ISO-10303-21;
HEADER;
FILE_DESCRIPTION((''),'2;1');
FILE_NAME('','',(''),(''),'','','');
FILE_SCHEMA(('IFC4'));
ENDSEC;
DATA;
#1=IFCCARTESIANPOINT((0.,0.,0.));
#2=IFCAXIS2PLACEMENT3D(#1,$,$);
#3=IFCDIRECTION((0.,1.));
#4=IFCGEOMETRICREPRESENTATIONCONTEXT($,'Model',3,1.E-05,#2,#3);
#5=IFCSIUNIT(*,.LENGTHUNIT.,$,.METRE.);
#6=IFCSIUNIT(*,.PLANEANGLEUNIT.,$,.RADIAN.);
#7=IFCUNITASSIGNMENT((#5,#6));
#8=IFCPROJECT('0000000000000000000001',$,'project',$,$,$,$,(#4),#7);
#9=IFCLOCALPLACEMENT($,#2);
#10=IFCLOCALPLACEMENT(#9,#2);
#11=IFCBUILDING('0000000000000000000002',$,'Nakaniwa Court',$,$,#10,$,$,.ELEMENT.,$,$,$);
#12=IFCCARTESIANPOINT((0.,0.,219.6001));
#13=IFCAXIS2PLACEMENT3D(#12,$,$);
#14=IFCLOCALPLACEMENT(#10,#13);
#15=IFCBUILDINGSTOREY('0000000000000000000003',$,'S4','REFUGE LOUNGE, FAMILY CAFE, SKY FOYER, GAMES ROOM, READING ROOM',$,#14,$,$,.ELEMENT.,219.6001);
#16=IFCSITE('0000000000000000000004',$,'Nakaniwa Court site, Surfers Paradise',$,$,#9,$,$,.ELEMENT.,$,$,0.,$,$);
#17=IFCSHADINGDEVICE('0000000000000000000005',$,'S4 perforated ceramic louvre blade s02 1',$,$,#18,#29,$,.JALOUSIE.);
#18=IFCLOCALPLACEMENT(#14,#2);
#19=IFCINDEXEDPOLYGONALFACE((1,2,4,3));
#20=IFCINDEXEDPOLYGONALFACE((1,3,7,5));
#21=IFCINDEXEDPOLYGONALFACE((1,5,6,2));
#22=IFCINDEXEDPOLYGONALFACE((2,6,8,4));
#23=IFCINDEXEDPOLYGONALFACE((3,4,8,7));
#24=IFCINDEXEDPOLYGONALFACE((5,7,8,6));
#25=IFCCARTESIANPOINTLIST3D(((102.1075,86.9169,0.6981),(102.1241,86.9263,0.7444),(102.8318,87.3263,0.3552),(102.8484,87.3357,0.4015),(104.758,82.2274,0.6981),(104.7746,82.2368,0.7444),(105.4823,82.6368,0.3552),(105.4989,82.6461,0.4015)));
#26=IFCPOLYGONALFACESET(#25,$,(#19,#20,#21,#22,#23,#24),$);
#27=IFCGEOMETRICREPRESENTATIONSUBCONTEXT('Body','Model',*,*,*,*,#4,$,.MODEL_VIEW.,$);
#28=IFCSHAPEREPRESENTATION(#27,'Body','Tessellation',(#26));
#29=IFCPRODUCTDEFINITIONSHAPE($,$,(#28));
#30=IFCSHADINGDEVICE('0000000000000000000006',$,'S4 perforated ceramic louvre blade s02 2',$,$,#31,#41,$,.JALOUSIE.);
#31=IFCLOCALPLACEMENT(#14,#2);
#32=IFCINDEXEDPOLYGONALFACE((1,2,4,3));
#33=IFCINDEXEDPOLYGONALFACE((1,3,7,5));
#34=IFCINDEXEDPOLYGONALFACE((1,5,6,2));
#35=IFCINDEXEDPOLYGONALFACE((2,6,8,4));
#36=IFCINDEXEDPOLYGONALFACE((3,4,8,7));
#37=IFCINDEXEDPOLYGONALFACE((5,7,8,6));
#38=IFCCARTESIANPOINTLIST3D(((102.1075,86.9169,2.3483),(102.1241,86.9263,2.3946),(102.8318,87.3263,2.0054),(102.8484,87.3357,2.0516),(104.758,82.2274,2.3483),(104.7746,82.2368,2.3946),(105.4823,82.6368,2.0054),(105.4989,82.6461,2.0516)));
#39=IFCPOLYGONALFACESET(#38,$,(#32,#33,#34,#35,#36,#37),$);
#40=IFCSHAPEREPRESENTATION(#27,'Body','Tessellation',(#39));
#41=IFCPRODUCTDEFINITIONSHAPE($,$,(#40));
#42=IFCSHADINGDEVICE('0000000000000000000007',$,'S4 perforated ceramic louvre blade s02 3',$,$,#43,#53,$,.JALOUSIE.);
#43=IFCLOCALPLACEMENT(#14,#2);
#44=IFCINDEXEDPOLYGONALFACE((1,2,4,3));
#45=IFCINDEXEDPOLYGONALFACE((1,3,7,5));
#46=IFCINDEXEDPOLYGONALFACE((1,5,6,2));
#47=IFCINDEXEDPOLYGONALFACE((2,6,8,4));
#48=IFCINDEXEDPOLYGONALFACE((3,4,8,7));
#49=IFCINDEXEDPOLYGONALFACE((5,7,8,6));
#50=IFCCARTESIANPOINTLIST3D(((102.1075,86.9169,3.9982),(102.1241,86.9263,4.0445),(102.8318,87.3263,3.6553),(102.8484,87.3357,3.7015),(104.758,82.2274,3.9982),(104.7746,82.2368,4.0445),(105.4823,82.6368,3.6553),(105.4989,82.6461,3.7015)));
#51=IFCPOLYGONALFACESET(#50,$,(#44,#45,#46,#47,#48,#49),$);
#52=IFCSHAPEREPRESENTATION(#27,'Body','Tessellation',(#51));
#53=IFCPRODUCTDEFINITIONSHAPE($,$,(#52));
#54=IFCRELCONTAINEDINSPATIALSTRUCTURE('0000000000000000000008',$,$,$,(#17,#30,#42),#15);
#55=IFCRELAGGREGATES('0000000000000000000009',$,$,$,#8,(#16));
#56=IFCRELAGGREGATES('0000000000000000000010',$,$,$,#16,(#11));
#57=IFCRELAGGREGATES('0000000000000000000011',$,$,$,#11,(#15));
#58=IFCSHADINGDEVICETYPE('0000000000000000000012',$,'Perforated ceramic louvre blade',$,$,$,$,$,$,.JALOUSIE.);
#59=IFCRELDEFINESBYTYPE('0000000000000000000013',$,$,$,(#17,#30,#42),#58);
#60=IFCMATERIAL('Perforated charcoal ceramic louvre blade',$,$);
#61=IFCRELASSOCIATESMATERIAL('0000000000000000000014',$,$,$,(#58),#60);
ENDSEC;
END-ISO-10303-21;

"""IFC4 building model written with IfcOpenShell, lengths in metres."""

from ifc_helpers import new_model, si_unit, direction, frame, origin, origin_2d, place, context, subcontext, project, spatial, rectangle, extrude, material, material_profile, profile_set, type_object, element, save


model = new_model("IFC4")

# Units and contexts
model_context = context("Model", 3, precision=1e-05, world=origin(), true_north=direction((0.0, 1.0)))
body_context = subcontext(model_context, "Body", "Model", "MODEL_VIEW")
ifc_project = project(units=[si_unit("LENGTHUNIT", "METRE"), si_unit("PLANEANGLEUNIT", "RADIAN")], contexts=[model_context])

# Site, building, storey
site_placement = place(None, origin())
site = spatial("IfcSite", under=ifc_project, at=site_placement, Name="Nakaniwa Court site, Surfers Paradise", CompositionType="ELEMENT", RefElevation=0.0)
building_placement = place(site_placement, origin())
building = spatial("IfcBuilding", under=site, at=building_placement, Name="Nakaniwa Court", CompositionType="ELEMENT")
storey_placement = place(building_placement, frame((0.0, 0.0, 219.6001)))
storey = spatial("IfcBuildingStorey", under=building, at=storey_placement, Name="S4", Description="REFUGE LOUNGE, FAMILY CAFE, SKY FOYER, GAMES ROOM, READING ROOM", CompositionType="ELEMENT", Elevation=219.6001)

# Shading devices
ifc_material_1 = material(Name="Perforated charcoal ceramic louvre blade")
ifc_material_profile_1 = material_profile(ifc_material_1, rectangle(XDim=0.8999, YDim=0.05, at=origin_2d()), Name="Perforated ceramic louvre blade")
ifc_profile_set_1 = profile_set([ifc_material_profile_1], Name="Perforated charcoal ceramic louvre blade")
shading_device_type = type_object("IfcShadingDeviceType", Name="Perforated ceramic louvre blade", PredefinedType="JALOUSIE", material=ifc_profile_set_1)
for number, where, z_axis, x_axis, name in (
    (1, (105.1284, 82.4368, 0.5498), (-0.492033, 0.870576, 0.0), (-0.804888, -0.454907, 0.38107), "S4 perforated ceramic louvre blade s02 1"),
    (2, (105.1284, 82.4368, 2.2), (-0.492033, 0.870576, 0.0), (-0.804888, -0.454907, 0.38107), "S4 perforated ceramic louvre blade s02 2"),
    (3, (105.1284, 82.4368, 3.8499), (-0.492033, 0.870576, 0.0), (-0.804888, -0.454907, 0.38107), "S4 perforated ceramic louvre blade s02 3"),
):
    element("IfcShadingDevice", number, at=place(storey_placement, frame(where, z_axis=z_axis, x_axis=x_axis)), inside=storey, type_object=shading_device_type, Name=name, PredefinedType="JALOUSIE", context=body_context, shape_type="SweptSolid", body=[
        extrude(rectangle(XDim=0.8999, YDim=0.05, at=origin_2d()), origin(), (0.0, 0.0, 1.0), 5.3867),
    ])

save(model, "model.ifc")
